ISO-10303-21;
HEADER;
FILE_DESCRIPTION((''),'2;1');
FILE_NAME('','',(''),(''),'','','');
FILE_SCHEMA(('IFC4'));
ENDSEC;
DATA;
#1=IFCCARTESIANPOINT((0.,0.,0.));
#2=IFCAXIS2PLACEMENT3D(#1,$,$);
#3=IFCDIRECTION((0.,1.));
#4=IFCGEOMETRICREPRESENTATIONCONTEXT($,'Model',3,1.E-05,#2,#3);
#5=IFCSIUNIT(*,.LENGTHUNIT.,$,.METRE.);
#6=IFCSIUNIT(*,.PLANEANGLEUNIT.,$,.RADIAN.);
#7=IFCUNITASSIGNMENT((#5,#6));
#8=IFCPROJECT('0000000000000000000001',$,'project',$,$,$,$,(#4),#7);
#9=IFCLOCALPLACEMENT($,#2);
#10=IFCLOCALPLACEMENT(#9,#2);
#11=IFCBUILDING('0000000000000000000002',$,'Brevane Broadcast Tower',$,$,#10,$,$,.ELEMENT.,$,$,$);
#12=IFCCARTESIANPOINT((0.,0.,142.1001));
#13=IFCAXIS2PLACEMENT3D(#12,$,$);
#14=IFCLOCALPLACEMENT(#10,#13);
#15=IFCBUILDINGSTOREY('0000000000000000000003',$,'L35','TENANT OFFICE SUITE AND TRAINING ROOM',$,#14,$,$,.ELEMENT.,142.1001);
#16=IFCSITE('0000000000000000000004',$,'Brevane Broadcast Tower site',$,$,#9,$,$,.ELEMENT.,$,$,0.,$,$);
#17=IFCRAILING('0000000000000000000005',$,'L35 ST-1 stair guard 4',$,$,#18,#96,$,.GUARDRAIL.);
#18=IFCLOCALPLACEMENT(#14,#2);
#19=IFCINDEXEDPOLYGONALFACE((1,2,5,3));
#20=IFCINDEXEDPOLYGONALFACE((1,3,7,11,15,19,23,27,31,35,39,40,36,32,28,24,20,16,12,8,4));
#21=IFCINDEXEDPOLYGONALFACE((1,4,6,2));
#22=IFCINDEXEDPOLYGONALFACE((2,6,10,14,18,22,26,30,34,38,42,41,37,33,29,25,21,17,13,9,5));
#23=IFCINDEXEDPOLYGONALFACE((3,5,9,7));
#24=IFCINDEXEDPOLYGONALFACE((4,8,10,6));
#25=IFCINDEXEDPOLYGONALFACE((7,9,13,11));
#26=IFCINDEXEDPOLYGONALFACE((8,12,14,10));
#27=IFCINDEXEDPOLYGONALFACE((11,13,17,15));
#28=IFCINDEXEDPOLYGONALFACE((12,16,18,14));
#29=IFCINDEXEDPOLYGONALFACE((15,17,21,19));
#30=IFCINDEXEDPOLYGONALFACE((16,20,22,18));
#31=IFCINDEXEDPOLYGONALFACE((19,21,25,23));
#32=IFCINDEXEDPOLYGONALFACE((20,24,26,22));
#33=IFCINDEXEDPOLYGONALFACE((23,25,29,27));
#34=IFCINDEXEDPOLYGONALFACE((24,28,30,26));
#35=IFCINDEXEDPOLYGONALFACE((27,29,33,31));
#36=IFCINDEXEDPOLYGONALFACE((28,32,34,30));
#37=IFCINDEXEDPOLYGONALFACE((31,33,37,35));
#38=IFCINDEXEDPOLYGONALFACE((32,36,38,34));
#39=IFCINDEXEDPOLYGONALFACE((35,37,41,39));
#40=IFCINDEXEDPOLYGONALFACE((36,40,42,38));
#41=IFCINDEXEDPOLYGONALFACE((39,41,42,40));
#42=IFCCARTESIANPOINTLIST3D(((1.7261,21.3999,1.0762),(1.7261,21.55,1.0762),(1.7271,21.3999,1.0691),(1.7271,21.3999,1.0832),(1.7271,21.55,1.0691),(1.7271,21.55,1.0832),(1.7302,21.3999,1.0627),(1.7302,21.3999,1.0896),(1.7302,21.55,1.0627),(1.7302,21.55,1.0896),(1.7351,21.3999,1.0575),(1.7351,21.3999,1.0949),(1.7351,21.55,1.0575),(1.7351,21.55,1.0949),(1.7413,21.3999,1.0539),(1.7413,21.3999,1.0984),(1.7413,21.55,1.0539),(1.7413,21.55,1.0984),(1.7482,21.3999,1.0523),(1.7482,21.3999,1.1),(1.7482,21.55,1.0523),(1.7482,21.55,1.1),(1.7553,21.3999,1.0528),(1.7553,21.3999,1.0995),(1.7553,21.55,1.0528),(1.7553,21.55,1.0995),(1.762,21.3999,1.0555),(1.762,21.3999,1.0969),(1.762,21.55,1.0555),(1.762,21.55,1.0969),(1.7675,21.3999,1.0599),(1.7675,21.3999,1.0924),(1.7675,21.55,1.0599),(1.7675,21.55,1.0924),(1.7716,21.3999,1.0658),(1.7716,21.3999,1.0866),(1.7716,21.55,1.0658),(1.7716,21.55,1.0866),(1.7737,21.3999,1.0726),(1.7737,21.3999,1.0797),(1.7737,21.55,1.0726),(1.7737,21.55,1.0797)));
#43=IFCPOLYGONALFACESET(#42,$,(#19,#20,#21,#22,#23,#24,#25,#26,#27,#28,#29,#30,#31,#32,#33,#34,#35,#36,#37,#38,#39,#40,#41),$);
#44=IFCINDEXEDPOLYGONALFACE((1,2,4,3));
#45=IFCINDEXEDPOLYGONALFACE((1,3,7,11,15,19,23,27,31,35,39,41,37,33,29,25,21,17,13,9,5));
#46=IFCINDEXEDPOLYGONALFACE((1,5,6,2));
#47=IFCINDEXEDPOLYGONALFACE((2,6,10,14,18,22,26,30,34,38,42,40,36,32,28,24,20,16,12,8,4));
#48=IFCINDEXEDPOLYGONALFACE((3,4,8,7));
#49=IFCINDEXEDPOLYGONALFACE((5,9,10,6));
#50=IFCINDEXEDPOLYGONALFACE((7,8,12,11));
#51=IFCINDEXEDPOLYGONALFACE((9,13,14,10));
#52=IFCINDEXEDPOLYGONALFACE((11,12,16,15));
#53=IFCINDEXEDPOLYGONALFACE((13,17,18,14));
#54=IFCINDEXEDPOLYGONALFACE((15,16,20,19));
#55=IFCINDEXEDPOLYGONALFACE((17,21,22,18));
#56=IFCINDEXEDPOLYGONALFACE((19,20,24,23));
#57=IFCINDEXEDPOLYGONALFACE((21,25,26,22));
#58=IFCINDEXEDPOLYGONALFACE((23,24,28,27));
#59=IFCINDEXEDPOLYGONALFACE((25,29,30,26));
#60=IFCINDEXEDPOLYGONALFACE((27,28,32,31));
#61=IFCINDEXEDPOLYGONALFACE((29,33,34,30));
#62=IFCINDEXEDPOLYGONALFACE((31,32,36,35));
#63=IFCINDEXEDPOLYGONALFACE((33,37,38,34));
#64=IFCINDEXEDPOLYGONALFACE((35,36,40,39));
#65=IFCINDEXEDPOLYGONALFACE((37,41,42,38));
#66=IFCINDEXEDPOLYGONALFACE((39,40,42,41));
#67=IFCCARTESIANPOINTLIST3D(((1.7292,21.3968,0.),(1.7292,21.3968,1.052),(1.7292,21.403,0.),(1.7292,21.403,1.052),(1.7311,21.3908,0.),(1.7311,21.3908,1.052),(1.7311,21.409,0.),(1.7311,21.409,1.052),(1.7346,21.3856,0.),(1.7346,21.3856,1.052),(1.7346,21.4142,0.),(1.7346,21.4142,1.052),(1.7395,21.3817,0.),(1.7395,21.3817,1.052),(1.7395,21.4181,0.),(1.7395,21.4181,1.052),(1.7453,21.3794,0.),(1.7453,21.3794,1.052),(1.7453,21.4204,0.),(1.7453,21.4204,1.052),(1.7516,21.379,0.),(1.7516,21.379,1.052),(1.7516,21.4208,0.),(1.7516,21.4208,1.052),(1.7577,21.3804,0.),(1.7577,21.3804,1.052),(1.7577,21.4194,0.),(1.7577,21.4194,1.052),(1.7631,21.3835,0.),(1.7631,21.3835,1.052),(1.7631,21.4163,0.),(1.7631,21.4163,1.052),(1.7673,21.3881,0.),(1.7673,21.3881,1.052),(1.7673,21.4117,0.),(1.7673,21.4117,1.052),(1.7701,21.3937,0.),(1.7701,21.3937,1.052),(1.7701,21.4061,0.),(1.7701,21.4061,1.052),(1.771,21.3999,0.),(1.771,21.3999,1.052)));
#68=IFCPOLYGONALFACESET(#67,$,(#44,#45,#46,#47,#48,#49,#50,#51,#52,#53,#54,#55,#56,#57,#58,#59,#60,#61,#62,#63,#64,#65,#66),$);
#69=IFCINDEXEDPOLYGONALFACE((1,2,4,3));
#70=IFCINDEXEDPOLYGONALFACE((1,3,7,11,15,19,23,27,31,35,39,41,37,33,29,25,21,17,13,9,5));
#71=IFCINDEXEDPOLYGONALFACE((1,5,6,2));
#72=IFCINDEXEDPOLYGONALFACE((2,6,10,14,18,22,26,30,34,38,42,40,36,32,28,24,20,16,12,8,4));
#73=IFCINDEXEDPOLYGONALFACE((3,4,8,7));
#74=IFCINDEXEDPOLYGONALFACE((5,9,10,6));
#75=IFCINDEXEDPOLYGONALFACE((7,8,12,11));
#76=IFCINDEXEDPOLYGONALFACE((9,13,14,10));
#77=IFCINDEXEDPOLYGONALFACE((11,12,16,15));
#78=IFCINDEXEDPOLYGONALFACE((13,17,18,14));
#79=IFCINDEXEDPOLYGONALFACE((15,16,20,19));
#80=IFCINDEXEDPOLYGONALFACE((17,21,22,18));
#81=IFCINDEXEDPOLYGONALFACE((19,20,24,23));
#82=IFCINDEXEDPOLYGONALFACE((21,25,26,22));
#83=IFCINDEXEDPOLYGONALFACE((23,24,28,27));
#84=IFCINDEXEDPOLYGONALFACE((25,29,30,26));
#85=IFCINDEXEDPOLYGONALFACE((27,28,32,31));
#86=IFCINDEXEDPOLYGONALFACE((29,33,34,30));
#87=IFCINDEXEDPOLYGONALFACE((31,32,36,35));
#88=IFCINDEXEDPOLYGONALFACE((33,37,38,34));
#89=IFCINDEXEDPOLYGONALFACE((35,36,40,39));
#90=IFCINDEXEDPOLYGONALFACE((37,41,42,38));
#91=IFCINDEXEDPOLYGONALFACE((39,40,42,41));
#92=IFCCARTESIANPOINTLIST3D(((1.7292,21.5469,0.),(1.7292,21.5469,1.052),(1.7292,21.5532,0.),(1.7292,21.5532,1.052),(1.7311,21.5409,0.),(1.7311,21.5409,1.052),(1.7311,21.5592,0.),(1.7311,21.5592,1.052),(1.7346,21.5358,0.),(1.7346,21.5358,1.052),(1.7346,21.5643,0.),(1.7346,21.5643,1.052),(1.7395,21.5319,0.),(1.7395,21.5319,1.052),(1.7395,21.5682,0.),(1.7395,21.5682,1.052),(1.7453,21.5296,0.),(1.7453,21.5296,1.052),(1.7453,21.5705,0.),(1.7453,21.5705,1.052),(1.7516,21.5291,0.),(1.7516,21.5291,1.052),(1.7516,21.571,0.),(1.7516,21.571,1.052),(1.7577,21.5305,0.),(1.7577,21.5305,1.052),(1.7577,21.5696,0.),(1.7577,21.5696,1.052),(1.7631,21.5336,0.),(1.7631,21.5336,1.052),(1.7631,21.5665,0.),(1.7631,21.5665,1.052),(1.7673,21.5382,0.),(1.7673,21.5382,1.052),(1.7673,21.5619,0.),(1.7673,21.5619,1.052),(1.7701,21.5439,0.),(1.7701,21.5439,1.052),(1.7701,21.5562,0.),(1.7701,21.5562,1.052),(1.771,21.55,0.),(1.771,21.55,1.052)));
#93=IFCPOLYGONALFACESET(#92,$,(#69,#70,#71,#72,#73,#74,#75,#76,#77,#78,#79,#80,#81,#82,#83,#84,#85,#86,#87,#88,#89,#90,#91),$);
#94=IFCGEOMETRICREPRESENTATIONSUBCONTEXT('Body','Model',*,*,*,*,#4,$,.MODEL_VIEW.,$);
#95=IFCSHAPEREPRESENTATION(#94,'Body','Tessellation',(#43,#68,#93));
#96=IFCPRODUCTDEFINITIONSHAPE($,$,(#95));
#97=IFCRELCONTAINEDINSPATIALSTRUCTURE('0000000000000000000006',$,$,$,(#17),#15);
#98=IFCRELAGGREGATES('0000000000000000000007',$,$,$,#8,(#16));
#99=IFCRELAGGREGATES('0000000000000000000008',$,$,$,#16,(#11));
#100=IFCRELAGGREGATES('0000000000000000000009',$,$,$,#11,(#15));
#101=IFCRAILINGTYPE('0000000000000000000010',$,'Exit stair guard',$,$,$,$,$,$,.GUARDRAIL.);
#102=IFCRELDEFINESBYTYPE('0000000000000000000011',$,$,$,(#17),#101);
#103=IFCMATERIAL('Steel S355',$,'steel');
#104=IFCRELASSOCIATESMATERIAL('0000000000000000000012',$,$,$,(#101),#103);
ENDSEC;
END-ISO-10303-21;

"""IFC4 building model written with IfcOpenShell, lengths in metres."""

from ifc_helpers import new_model, si_unit, direction, frame, origin, origin_2d, place, context, subcontext, project, spatial, circle, extrude, material, type_object, element, save


model = new_model("IFC4")

# Units and contexts
model_context = context("Model", 3, precision=1e-05, world=origin(), true_north=direction((0.0, 1.0)))
body_context = subcontext(model_context, "Body", "Model", "MODEL_VIEW")
ifc_project = project(units=[si_unit("LENGTHUNIT", "METRE"), si_unit("PLANEANGLEUNIT", "RADIAN")], contexts=[model_context])

# Site, building, storey
site_placement = place(None, origin())
site = spatial("IfcSite", under=ifc_project, at=site_placement, Name="Brevane Broadcast Tower site", CompositionType="ELEMENT", RefElevation=0.0)
building_placement = place(site_placement, origin())
building = spatial("IfcBuilding", under=site, at=building_placement, Name="Brevane Broadcast Tower", CompositionType="ELEMENT")
storey_placement = place(building_placement, frame((0.0, 0.0, 142.1001)))
storey = spatial("IfcBuildingStorey", under=building, at=storey_placement, Name="L35", Description="TENANT OFFICE SUITE AND TRAINING ROOM", CompositionType="ELEMENT", Elevation=142.1001)

# Railing
ifc_material_1 = material(Name="Steel S355", Category="steel")
railing_type_1 = type_object("IfcRailingType", Name="Exit stair guard", PredefinedType="GUARDRAIL", material=ifc_material_1)
railing_1_placement = place(storey_placement, frame((1.75, 21.3999, 0.0)))
element("IfcRailing", 1, at=railing_1_placement, inside=storey, type_object=railing_type_1, Name="L35 ST-1 stair guard 4", PredefinedType="GUARDRAIL", context=body_context, shape_type="SweptSolid", body=[
    extrude(circle(Radius=0.0239, at=origin_2d()), frame((0.0, 0.0, 1.0762), z_axis=(0.0, 1.0, 0.0), x_axis=(-1.0, 0.0, 0.0)), (0.0, 0.0, 1.0), 0.1501),
    extrude(circle(Radius=0.021, at=origin_2d()), origin(), (0.0, 0.0, 1.0), 1.052),
    extrude(circle(Radius=0.021, at=origin_2d()), frame((0.0, 0.1501, 0.0)), (0.0, 0.0, 1.0), 1.052),
])

save(model, "model.ifc")
